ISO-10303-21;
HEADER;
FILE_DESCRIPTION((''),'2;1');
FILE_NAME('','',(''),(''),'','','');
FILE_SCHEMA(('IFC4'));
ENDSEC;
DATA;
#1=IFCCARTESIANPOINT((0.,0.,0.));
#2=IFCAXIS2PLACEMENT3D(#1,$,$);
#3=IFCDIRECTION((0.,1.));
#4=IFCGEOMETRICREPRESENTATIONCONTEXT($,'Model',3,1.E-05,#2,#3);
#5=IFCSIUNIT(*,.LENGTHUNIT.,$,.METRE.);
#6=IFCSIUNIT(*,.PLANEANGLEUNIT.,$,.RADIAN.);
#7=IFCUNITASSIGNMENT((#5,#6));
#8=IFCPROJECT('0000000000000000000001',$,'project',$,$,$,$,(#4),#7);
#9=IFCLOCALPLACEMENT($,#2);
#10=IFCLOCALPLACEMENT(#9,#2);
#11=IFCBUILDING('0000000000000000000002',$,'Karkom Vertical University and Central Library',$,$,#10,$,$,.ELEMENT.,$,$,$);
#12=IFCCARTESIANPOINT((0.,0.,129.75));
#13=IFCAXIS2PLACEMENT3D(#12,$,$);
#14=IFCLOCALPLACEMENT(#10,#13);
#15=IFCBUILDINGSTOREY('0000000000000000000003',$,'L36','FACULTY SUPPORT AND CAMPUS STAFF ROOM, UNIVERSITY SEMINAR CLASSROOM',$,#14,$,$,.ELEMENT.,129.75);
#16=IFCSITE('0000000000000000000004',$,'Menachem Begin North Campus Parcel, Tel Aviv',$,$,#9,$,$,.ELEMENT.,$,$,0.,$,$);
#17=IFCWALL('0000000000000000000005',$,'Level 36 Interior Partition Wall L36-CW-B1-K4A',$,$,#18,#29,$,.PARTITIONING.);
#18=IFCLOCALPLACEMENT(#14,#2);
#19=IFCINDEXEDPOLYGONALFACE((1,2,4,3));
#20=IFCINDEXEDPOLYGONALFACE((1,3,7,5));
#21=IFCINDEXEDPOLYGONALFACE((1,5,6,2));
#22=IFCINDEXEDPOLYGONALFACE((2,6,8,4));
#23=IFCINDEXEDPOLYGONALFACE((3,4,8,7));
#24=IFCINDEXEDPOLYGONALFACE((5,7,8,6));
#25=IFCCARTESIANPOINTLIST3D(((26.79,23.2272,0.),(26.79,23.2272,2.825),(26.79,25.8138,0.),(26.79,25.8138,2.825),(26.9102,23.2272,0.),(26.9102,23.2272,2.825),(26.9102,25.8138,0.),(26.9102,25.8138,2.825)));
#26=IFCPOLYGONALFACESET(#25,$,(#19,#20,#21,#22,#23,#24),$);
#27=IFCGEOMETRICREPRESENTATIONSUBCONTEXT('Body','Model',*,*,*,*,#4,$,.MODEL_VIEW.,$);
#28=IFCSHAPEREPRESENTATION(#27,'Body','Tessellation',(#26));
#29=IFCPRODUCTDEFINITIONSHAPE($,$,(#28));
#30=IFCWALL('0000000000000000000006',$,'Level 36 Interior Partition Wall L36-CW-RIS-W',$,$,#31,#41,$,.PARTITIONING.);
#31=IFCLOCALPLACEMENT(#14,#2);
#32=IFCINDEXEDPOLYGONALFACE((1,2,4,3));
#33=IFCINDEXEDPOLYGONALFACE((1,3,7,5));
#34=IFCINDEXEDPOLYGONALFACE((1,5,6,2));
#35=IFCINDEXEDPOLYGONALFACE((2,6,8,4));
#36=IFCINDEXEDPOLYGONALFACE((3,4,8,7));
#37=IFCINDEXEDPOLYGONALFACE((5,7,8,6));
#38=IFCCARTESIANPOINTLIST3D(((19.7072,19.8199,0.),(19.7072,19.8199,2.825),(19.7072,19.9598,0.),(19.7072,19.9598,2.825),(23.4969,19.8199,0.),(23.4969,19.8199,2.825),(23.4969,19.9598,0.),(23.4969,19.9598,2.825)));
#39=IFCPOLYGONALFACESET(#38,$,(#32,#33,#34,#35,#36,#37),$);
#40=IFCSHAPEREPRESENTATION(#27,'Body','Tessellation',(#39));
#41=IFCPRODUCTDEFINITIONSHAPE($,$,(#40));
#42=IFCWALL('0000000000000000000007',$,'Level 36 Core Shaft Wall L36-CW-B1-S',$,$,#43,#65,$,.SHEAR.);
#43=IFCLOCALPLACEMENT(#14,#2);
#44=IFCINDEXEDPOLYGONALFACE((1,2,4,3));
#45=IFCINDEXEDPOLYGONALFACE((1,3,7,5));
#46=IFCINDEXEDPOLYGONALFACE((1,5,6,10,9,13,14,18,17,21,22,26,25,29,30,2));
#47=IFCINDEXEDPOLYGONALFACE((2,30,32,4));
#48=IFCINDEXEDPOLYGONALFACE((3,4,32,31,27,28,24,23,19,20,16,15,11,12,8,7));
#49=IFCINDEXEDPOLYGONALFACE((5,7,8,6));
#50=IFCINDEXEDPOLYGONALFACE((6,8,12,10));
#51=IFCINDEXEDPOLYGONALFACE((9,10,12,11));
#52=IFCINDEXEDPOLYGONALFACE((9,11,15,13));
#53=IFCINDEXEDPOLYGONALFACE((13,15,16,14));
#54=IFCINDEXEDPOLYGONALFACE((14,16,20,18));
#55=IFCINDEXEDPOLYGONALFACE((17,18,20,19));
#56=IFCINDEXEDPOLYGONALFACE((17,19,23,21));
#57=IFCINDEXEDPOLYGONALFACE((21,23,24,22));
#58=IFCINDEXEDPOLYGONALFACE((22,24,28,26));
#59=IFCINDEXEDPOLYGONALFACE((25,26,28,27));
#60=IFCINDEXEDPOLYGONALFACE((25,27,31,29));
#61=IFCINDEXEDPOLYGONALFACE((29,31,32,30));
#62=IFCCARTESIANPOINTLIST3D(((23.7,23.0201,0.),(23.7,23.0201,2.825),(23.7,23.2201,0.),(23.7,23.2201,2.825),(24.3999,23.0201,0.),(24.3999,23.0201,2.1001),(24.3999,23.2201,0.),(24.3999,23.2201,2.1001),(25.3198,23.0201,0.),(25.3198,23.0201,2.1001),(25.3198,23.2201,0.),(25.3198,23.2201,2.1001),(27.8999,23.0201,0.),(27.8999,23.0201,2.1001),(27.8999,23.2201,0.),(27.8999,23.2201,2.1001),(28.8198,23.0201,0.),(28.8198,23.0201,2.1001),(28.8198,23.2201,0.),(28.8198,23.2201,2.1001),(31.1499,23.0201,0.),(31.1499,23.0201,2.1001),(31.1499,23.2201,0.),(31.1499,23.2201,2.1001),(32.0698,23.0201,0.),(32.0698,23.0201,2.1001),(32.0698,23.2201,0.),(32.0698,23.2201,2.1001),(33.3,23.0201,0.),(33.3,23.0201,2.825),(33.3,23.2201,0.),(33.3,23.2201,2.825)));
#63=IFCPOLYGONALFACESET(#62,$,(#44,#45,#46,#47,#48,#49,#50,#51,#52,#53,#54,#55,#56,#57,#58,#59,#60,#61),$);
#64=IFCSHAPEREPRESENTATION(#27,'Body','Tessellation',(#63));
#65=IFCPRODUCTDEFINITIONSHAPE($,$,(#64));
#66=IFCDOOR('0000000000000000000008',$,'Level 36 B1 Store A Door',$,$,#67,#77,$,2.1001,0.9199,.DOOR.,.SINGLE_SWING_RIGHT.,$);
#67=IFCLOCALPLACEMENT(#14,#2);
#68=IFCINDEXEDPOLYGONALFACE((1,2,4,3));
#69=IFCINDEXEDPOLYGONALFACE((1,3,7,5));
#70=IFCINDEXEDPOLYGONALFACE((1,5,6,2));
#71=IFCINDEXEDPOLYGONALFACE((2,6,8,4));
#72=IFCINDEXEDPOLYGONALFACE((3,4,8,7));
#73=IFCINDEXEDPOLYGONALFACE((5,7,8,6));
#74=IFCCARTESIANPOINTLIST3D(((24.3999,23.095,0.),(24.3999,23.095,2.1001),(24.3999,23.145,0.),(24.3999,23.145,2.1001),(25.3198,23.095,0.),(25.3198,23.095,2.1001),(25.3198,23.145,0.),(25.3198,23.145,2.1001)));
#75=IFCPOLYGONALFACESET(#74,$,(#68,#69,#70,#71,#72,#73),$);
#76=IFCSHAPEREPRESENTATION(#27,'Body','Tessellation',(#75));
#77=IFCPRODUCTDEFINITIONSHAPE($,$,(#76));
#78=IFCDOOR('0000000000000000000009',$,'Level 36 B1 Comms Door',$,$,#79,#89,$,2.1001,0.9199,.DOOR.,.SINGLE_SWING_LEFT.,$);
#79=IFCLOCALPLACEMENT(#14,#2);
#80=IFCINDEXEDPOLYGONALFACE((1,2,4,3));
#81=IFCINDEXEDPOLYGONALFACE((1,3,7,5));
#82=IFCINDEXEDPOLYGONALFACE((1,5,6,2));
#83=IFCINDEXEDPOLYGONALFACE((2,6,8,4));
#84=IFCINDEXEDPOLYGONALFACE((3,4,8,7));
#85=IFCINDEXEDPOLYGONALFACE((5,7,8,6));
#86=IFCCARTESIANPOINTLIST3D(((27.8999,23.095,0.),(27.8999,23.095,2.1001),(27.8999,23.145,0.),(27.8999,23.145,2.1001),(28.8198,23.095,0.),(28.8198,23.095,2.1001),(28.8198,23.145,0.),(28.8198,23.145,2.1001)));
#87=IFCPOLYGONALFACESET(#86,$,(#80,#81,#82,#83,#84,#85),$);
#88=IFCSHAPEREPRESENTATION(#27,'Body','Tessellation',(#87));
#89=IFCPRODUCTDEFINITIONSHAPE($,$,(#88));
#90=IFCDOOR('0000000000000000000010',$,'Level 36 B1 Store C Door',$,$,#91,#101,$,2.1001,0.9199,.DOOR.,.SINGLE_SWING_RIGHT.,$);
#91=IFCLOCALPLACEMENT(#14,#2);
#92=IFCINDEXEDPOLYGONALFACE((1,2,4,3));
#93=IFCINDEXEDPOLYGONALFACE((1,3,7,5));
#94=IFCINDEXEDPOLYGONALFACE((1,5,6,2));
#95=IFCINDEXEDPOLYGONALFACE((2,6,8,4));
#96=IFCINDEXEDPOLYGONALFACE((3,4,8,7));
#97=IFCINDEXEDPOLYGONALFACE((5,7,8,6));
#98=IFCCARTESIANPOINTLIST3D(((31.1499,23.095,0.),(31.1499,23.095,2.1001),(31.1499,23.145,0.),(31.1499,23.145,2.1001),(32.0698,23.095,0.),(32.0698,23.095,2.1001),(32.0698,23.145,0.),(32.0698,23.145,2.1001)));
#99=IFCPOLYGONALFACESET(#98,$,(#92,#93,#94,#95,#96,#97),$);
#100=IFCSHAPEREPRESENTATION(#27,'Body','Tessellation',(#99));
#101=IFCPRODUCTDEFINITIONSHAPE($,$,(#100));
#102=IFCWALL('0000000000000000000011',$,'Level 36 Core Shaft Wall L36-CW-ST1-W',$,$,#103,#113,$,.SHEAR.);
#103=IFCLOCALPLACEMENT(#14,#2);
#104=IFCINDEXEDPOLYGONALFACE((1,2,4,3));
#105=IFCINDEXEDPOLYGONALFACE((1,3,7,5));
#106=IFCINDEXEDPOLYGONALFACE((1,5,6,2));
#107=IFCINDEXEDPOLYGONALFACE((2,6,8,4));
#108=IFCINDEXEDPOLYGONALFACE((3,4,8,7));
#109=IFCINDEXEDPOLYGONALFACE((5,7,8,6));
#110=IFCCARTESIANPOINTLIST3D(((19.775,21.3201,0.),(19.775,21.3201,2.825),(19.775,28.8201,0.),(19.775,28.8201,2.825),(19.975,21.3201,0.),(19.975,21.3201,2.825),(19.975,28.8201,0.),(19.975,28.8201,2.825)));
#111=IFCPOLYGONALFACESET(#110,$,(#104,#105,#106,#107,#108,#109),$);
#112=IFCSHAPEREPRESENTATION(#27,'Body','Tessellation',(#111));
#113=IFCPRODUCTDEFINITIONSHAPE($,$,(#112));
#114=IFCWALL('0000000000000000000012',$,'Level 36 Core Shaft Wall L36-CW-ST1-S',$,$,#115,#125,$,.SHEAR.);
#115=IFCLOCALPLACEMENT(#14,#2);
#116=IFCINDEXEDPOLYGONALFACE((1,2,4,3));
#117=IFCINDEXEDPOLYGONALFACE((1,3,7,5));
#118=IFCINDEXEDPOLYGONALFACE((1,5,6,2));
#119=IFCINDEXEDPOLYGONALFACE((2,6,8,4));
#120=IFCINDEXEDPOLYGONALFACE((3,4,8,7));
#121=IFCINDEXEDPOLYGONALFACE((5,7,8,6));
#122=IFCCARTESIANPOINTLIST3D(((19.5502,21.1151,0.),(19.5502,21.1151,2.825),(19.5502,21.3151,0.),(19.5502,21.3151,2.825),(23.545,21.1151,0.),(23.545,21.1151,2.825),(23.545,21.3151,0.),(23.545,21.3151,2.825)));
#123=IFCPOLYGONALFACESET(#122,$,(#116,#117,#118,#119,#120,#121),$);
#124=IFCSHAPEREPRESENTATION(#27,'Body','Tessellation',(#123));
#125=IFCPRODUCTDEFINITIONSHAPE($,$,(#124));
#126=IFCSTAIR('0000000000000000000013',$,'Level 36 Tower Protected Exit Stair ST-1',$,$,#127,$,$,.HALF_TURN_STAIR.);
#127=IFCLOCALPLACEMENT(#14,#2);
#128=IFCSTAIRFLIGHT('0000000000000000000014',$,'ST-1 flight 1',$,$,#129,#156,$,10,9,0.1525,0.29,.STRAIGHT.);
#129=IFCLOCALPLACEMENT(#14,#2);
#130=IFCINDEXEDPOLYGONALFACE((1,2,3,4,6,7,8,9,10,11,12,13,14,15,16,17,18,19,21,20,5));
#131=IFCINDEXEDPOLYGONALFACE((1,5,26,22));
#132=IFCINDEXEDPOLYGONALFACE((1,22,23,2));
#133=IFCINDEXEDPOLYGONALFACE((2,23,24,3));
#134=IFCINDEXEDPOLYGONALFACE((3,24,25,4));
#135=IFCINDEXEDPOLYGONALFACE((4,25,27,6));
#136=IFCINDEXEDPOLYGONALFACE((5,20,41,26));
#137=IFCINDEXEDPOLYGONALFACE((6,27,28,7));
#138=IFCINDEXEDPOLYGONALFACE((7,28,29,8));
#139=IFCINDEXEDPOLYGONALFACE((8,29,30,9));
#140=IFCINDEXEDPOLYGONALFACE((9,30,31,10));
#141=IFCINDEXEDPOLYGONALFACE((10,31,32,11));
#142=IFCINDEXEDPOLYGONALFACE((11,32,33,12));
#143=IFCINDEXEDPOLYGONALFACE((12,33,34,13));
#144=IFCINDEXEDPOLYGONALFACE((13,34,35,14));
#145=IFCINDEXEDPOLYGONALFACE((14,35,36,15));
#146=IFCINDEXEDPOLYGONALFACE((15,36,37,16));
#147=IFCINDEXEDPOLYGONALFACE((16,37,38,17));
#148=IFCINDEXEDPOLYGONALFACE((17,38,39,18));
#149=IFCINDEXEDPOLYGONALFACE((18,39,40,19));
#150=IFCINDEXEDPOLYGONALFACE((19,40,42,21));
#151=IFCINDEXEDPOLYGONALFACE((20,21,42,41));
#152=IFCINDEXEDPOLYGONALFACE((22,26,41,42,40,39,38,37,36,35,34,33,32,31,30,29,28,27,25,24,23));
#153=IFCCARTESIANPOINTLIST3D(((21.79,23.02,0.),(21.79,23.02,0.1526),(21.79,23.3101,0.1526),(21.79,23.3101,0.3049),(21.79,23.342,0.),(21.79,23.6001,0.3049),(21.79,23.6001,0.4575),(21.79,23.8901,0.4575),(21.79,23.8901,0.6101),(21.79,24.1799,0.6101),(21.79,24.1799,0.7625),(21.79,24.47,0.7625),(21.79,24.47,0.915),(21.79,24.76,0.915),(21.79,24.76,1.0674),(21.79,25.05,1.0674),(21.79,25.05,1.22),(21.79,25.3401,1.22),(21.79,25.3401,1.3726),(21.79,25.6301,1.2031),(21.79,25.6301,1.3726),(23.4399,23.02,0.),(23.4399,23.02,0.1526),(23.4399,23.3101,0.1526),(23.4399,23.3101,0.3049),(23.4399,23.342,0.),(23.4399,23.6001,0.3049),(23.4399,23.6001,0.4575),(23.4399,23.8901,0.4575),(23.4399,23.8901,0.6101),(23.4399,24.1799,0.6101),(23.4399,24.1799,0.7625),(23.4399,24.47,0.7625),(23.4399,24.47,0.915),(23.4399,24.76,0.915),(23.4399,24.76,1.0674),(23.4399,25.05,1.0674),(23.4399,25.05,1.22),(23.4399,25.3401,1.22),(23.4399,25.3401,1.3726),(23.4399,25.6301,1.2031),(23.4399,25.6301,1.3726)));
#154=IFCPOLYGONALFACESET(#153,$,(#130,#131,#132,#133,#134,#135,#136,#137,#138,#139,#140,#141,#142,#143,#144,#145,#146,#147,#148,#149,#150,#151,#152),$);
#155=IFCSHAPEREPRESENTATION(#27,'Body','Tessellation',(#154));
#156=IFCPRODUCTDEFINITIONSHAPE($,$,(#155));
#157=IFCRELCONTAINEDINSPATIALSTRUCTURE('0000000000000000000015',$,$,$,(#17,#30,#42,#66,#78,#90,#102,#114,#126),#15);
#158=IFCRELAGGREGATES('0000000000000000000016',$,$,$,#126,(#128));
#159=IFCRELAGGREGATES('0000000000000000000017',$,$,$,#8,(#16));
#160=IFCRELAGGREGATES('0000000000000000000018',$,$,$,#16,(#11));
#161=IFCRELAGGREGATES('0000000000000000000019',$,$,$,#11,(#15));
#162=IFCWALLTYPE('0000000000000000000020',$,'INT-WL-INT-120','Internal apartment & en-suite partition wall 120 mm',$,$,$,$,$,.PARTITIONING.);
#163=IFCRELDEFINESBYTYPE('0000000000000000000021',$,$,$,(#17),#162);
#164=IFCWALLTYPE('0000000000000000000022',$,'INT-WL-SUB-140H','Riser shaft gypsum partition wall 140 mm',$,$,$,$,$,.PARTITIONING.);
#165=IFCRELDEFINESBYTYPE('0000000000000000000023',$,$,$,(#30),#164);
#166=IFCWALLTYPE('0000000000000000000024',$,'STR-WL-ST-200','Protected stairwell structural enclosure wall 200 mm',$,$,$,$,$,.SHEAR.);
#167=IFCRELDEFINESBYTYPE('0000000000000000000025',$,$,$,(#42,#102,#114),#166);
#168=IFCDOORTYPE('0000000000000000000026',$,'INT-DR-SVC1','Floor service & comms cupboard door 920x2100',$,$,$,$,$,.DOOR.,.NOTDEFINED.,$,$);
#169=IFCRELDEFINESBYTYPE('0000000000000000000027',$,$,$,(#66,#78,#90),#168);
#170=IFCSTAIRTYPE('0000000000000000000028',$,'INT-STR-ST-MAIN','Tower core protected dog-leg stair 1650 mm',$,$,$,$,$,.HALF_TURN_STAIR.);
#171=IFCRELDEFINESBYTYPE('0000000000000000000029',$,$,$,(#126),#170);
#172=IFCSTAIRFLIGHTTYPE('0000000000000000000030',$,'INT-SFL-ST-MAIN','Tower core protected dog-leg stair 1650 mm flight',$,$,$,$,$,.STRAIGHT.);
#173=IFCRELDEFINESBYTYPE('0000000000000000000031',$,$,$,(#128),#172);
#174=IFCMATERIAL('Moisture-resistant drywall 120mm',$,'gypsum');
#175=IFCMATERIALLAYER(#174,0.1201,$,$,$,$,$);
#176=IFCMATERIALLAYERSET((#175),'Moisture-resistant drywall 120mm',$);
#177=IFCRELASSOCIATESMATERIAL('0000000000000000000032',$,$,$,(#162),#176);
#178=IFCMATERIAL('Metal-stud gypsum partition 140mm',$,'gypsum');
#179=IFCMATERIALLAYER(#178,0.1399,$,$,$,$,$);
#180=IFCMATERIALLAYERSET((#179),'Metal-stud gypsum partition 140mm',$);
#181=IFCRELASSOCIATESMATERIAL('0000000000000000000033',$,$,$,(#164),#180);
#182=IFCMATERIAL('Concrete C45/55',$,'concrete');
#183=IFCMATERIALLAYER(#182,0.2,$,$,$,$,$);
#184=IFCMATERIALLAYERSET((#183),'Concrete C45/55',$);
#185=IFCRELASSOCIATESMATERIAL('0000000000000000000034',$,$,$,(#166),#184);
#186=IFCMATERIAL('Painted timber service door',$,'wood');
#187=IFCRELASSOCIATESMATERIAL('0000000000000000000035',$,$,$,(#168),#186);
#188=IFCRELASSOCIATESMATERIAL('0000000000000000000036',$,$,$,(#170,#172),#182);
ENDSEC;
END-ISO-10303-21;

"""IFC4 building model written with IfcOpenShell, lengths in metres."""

from ifc_helpers import new_model, si_unit, direction, frame, frame_2d, origin, origin_with_axes, place, context, subcontext, project, spatial, polyline, rectangle, outline, extrude, source, transform, mapped, material, layer, layer_set, type_object, element, fill, aggregate, save


model = new_model("IFC4")

# Units and contexts
model_context = context("Model", 3, precision=1e-05, world=origin(), true_north=direction((0.0, 1.0)))
body_context = subcontext(model_context, "Body", "Model", "MODEL_VIEW")
ifc_project = project(units=[si_unit("LENGTHUNIT", "METRE"), si_unit("PLANEANGLEUNIT", "RADIAN")], contexts=[model_context])

# Site, building, storey
site_placement = place(None, origin())
site = spatial("IfcSite", under=ifc_project, at=site_placement, Name="Menachem Begin North Campus Parcel, Tel Aviv", CompositionType="ELEMENT", RefElevation=0.0)
building_placement = place(site_placement, origin())
building = spatial("IfcBuilding", under=site, at=building_placement, Name="Karkom Vertical University and Central Library", CompositionType="ELEMENT")
storey_placement = place(building_placement, frame((0.0, 0.0, 129.75)))
storey = spatial("IfcBuildingStorey", under=building, at=storey_placement, Name="L36", Description="FACULTY SUPPORT AND CAMPUS STAFF ROOM, UNIVERSITY SEMINAR CLASSROOM", CompositionType="ELEMENT", Elevation=129.75)

# Walls
ifc_material_1 = material(Name="Moisture-resistant drywall 120mm", Category="gypsum")
ifc_layer_1 = layer(ifc_material_1, 0.1201)
ifc_layer_set_1 = layer_set([ifc_layer_1], Name="Moisture-resistant drywall 120mm")
wall_type_1 = type_object("IfcWallType", Name="INT-WL-INT-120", Description="Internal apartment & en-suite partition wall 120 mm", PredefinedType="PARTITIONING", material=ifc_layer_set_1)
wall_1_placement = place(storey_placement, frame((26.8501, 23.2271, 0.0), z_axis=(0.0, 0.0, 1.0), x_axis=(0.0, 1.0, 0.0)))
element("IfcWall", 1, at=wall_1_placement, inside=storey, type_object=wall_type_1, Name="Level 36 Interior Partition Wall L36-CW-B1-K4A", PredefinedType="PARTITIONING", context=body_context, shape_type="SweptSolid", body=[
    extrude(rectangle(XDim=2.5867, YDim=0.1201, at=frame_2d((1.2935, 0.0))), origin(), (0.0, 0.0, 1.0), 2.825),
])
ifc_material_2 = material(Name="Metal-stud gypsum partition 140mm", Category="gypsum")
ifc_layer_2 = layer(ifc_material_2, 0.1399)
ifc_layer_set_2 = layer_set([ifc_layer_2], Name="Metal-stud gypsum partition 140mm")
wall_type_2 = type_object("IfcWallType", Name="INT-WL-SUB-140H", Description="Riser shaft gypsum partition wall 140 mm", PredefinedType="PARTITIONING", material=ifc_layer_set_2)
wall_2_placement = place(storey_placement, frame((19.707, 19.8899, 0.0), z_axis=(0.0, 0.0, 1.0), x_axis=(1.0, 0.0, 0.0)))
element("IfcWall", 2, at=wall_2_placement, inside=storey, type_object=wall_type_2, Name="Level 36 Interior Partition Wall L36-CW-RIS-W", PredefinedType="PARTITIONING", context=body_context, shape_type="SweptSolid", body=[
    extrude(rectangle(XDim=3.7898, YDim=0.1399, at=frame_2d((1.895, 0.0))), origin(), (0.0, 0.0, 1.0), 2.825),
])

# Wall, openings, doors
ifc_material_3 = material(Name="Concrete C45/55", Category="concrete")
ifc_layer_3 = layer(ifc_material_3, 0.2)
ifc_layer_set_3 = layer_set([ifc_layer_3], Name="Concrete C45/55")
wall_type_3 = type_object("IfcWallType", Name="STR-WL-ST-200", Description="Protected stairwell structural enclosure wall 200 mm", PredefinedType="SHEAR", material=ifc_layer_set_3)
wall_3_placement = place(storey_placement, frame((23.7, 23.1201, 0.0), z_axis=(0.0, 0.0, 1.0), x_axis=(1.0, 0.0, 0.0)))
wall_3 = element("IfcWall", 3, at=wall_3_placement, inside=storey, type_object=wall_type_3, Name="Level 36 Core Shaft Wall L36-CW-B1-S", PredefinedType="SHEAR", context=body_context, shape_type="SweptSolid", body=[
    extrude(rectangle(XDim=9.6001, YDim=0.2, at=frame_2d((4.8, 0.0))), origin(), (0.0, 0.0, 1.0), 2.825),
])
opening_1_placement = place(wall_3_placement, frame((0.7, 0.0, 0.0)))
opening_1 = element("IfcOpeningElement", 4, at=opening_1_placement, cuts=wall_3, PredefinedType="OPENING", context=body_context, shape_type="SweptSolid", body=[
    extrude(rectangle(XDim=0.9199, YDim=2.1001, at=frame_2d((0.46, 1.05))), frame((0.0, 0.1099, 0.0), z_axis=(0.0, -1.0, 0.0), x_axis=(1.0, 0.0, 0.0)), (0.0, 0.0, 1.0), 0.22),
])
opening_2_placement = place(wall_3_placement, frame((4.2, 0.0, 0.0)))
opening_2 = element("IfcOpeningElement", 5, at=opening_2_placement, cuts=wall_3, PredefinedType="OPENING", context=body_context, shape_type="SweptSolid", body=[
    extrude(rectangle(XDim=0.9199, YDim=2.1001, at=frame_2d((0.46, 1.05))), frame((0.0, 0.1099, 0.0), z_axis=(0.0, -1.0, 0.0), x_axis=(1.0, 0.0, 0.0)), (0.0, 0.0, 1.0), 0.22),
])
opening_3_placement = place(wall_3_placement, frame((7.45, 0.0, 0.0)))
opening_3 = element("IfcOpeningElement", 6, at=opening_3_placement, cuts=wall_3, PredefinedType="OPENING", context=body_context, shape_type="SweptSolid", body=[
    extrude(rectangle(XDim=0.9199, YDim=2.1001, at=frame_2d((0.46, 1.05))), frame((0.0, 0.1099, 0.0), z_axis=(0.0, -1.0, 0.0), x_axis=(1.0, 0.0, 0.0)), (0.0, 0.0, 1.0), 0.22),
])
ifc_material_4 = material(Name="Painted timber service door", Category="wood")
door_type_1 = type_object("IfcDoorType", Name="INT-DR-SVC1", Description="Floor service & comms cupboard door 920x2100", OperationType="NOTDEFINED", PredefinedType="DOOR", material=ifc_material_4)
shared_shape_1 = source(origin_with_axes(), body_context, "Body", "SweptSolid", [
    extrude(rectangle(XDim=0.9199, YDim=2.1001, at=frame_2d((0.46, 1.05))), frame((0.0, 0.0249, 0.0), z_axis=(0.0, -1.0, 0.0), x_axis=(1.0, 0.0, 0.0)), (0.0, 0.0, 1.0), 0.05),
])
door_1_placement = place(opening_1_placement, origin())
door_1 = element("IfcDoor", 7, at=door_1_placement, inside=storey, type_object=door_type_1, Name="Level 36 B1 Store A Door", OperationType="SINGLE_SWING_RIGHT", OverallHeight=2.1001, OverallWidth=0.9199, PredefinedType="DOOR", context=body_context, shape_type="MappedRepresentation", body=[
    mapped(shared_shape_1, transform((0.0, 0.0, 0.0), scale=1.0)),
])
fill(opening_1, door_1)
door_2_placement = place(opening_2_placement, origin())
door_2 = element("IfcDoor", 8, at=door_2_placement, inside=storey, type_object=door_type_1, Name="Level 36 B1 Comms Door", OperationType="SINGLE_SWING_LEFT", OverallHeight=2.1001, OverallWidth=0.9199, PredefinedType="DOOR", context=body_context, shape_type="MappedRepresentation", body=[
    mapped(shared_shape_1, transform((0.0, 0.0, 0.0), scale=1.0)),
])
fill(opening_2, door_2)
door_3_placement = place(opening_3_placement, origin())
door_3 = element("IfcDoor", 9, at=door_3_placement, inside=storey, type_object=door_type_1, Name="Level 36 B1 Store C Door", OperationType="SINGLE_SWING_RIGHT", OverallHeight=2.1001, OverallWidth=0.9199, PredefinedType="DOOR", context=body_context, shape_type="MappedRepresentation", body=[
    mapped(shared_shape_1, transform((0.0, 0.0, 0.0), scale=1.0)),
])
fill(opening_3, door_3)

# Walls
wall_4_placement = place(storey_placement, frame((19.875, 21.3201, 0.0), z_axis=(0.0, 0.0, 1.0), x_axis=(0.0, 1.0, 0.0)))
element("IfcWall", 10, at=wall_4_placement, inside=storey, type_object=wall_type_3, Name="Level 36 Core Shaft Wall L36-CW-ST1-W", PredefinedType="SHEAR", context=body_context, shape_type="SweptSolid", body=[
    extrude(rectangle(XDim=7.5, YDim=0.2, at=frame_2d((3.75, 0.0))), origin(), (0.0, 0.0, 1.0), 2.825),
])
wall_5_placement = place(storey_placement, frame((19.55, 21.2151, 0.0), z_axis=(0.0, 0.0, 1.0), x_axis=(1.0, 0.0, 0.0)))
element("IfcWall", 11, at=wall_5_placement, inside=storey, type_object=wall_type_3, Name="Level 36 Core Shaft Wall L36-CW-ST1-S", PredefinedType="SHEAR", context=body_context, shape_type="SweptSolid", body=[
    extrude(rectangle(XDim=3.9949, YDim=0.2, at=frame_2d((1.9976, 0.0))), origin(), (0.0, 0.0, 1.0), 2.825),
])

# Stair, stair flight
stair_type = type_object("IfcStairType", Name="INT-STR-ST-MAIN", Description="Tower core protected dog-leg stair 1650 mm", PredefinedType="HALF_TURN_STAIR", material=ifc_material_3)
stair_placement = place(storey_placement, origin())
stair = element("IfcStair", 12, at=stair_placement, inside=storey, type_object=stair_type, Name="Level 36 Tower Protected Exit Stair ST-1", PredefinedType="HALF_TURN_STAIR")
stair_flight_type = type_object("IfcStairFlightType", Name="INT-SFL-ST-MAIN", Description="Tower core protected dog-leg stair 1650 mm flight", PredefinedType="STRAIGHT", material=ifc_material_3)
stair_flight_1_placement = place(storey_placement, frame((22.615, 23.02, 0.0), z_axis=(0.0, 0.0, 1.0), x_axis=(0.0, 1.0, 0.0)))
stair_flight_1 = element("IfcStairFlight", 13, at=stair_flight_1_placement, type_object=stair_flight_type, Name="ST-1 flight 1", NumberOfRisers=10, NumberOfTreads=9, PredefinedType="STRAIGHT", RiserHeight=0.1525, TreadLength=0.29, context=body_context, shape_type="SweptSolid", body=[
    extrude(outline(polyline([(0.0, 0.0), (0.0, 0.1526), (0.29, 0.1526), (0.29, 0.3049), (0.5801, 0.3049), (0.5801, 0.4575), (0.8701, 0.4575), (0.8701, 0.6101), (1.1599, 0.6101), (1.1599, 0.7625), (1.45, 0.7625), (1.45, 0.915), (1.74, 0.915), (1.74, 1.0674), (2.03, 1.0674), (2.03, 1.22), (2.3201, 1.22), (2.3201, 1.3726), (2.6101, 1.3726), (2.6101, 1.5249), (2.6101, 1.2031), (0.322, 0.0), (0.0, 0.0)])), frame((0.0, 0.825, 0.0), z_axis=(0.0, -1.0, 0.0), x_axis=(1.0, 0.0, 0.0)), (0.0, 0.0, 1.0), 1.6499),
])
aggregate(stair, [stair_flight_1])

save(model, "model.ifc")
